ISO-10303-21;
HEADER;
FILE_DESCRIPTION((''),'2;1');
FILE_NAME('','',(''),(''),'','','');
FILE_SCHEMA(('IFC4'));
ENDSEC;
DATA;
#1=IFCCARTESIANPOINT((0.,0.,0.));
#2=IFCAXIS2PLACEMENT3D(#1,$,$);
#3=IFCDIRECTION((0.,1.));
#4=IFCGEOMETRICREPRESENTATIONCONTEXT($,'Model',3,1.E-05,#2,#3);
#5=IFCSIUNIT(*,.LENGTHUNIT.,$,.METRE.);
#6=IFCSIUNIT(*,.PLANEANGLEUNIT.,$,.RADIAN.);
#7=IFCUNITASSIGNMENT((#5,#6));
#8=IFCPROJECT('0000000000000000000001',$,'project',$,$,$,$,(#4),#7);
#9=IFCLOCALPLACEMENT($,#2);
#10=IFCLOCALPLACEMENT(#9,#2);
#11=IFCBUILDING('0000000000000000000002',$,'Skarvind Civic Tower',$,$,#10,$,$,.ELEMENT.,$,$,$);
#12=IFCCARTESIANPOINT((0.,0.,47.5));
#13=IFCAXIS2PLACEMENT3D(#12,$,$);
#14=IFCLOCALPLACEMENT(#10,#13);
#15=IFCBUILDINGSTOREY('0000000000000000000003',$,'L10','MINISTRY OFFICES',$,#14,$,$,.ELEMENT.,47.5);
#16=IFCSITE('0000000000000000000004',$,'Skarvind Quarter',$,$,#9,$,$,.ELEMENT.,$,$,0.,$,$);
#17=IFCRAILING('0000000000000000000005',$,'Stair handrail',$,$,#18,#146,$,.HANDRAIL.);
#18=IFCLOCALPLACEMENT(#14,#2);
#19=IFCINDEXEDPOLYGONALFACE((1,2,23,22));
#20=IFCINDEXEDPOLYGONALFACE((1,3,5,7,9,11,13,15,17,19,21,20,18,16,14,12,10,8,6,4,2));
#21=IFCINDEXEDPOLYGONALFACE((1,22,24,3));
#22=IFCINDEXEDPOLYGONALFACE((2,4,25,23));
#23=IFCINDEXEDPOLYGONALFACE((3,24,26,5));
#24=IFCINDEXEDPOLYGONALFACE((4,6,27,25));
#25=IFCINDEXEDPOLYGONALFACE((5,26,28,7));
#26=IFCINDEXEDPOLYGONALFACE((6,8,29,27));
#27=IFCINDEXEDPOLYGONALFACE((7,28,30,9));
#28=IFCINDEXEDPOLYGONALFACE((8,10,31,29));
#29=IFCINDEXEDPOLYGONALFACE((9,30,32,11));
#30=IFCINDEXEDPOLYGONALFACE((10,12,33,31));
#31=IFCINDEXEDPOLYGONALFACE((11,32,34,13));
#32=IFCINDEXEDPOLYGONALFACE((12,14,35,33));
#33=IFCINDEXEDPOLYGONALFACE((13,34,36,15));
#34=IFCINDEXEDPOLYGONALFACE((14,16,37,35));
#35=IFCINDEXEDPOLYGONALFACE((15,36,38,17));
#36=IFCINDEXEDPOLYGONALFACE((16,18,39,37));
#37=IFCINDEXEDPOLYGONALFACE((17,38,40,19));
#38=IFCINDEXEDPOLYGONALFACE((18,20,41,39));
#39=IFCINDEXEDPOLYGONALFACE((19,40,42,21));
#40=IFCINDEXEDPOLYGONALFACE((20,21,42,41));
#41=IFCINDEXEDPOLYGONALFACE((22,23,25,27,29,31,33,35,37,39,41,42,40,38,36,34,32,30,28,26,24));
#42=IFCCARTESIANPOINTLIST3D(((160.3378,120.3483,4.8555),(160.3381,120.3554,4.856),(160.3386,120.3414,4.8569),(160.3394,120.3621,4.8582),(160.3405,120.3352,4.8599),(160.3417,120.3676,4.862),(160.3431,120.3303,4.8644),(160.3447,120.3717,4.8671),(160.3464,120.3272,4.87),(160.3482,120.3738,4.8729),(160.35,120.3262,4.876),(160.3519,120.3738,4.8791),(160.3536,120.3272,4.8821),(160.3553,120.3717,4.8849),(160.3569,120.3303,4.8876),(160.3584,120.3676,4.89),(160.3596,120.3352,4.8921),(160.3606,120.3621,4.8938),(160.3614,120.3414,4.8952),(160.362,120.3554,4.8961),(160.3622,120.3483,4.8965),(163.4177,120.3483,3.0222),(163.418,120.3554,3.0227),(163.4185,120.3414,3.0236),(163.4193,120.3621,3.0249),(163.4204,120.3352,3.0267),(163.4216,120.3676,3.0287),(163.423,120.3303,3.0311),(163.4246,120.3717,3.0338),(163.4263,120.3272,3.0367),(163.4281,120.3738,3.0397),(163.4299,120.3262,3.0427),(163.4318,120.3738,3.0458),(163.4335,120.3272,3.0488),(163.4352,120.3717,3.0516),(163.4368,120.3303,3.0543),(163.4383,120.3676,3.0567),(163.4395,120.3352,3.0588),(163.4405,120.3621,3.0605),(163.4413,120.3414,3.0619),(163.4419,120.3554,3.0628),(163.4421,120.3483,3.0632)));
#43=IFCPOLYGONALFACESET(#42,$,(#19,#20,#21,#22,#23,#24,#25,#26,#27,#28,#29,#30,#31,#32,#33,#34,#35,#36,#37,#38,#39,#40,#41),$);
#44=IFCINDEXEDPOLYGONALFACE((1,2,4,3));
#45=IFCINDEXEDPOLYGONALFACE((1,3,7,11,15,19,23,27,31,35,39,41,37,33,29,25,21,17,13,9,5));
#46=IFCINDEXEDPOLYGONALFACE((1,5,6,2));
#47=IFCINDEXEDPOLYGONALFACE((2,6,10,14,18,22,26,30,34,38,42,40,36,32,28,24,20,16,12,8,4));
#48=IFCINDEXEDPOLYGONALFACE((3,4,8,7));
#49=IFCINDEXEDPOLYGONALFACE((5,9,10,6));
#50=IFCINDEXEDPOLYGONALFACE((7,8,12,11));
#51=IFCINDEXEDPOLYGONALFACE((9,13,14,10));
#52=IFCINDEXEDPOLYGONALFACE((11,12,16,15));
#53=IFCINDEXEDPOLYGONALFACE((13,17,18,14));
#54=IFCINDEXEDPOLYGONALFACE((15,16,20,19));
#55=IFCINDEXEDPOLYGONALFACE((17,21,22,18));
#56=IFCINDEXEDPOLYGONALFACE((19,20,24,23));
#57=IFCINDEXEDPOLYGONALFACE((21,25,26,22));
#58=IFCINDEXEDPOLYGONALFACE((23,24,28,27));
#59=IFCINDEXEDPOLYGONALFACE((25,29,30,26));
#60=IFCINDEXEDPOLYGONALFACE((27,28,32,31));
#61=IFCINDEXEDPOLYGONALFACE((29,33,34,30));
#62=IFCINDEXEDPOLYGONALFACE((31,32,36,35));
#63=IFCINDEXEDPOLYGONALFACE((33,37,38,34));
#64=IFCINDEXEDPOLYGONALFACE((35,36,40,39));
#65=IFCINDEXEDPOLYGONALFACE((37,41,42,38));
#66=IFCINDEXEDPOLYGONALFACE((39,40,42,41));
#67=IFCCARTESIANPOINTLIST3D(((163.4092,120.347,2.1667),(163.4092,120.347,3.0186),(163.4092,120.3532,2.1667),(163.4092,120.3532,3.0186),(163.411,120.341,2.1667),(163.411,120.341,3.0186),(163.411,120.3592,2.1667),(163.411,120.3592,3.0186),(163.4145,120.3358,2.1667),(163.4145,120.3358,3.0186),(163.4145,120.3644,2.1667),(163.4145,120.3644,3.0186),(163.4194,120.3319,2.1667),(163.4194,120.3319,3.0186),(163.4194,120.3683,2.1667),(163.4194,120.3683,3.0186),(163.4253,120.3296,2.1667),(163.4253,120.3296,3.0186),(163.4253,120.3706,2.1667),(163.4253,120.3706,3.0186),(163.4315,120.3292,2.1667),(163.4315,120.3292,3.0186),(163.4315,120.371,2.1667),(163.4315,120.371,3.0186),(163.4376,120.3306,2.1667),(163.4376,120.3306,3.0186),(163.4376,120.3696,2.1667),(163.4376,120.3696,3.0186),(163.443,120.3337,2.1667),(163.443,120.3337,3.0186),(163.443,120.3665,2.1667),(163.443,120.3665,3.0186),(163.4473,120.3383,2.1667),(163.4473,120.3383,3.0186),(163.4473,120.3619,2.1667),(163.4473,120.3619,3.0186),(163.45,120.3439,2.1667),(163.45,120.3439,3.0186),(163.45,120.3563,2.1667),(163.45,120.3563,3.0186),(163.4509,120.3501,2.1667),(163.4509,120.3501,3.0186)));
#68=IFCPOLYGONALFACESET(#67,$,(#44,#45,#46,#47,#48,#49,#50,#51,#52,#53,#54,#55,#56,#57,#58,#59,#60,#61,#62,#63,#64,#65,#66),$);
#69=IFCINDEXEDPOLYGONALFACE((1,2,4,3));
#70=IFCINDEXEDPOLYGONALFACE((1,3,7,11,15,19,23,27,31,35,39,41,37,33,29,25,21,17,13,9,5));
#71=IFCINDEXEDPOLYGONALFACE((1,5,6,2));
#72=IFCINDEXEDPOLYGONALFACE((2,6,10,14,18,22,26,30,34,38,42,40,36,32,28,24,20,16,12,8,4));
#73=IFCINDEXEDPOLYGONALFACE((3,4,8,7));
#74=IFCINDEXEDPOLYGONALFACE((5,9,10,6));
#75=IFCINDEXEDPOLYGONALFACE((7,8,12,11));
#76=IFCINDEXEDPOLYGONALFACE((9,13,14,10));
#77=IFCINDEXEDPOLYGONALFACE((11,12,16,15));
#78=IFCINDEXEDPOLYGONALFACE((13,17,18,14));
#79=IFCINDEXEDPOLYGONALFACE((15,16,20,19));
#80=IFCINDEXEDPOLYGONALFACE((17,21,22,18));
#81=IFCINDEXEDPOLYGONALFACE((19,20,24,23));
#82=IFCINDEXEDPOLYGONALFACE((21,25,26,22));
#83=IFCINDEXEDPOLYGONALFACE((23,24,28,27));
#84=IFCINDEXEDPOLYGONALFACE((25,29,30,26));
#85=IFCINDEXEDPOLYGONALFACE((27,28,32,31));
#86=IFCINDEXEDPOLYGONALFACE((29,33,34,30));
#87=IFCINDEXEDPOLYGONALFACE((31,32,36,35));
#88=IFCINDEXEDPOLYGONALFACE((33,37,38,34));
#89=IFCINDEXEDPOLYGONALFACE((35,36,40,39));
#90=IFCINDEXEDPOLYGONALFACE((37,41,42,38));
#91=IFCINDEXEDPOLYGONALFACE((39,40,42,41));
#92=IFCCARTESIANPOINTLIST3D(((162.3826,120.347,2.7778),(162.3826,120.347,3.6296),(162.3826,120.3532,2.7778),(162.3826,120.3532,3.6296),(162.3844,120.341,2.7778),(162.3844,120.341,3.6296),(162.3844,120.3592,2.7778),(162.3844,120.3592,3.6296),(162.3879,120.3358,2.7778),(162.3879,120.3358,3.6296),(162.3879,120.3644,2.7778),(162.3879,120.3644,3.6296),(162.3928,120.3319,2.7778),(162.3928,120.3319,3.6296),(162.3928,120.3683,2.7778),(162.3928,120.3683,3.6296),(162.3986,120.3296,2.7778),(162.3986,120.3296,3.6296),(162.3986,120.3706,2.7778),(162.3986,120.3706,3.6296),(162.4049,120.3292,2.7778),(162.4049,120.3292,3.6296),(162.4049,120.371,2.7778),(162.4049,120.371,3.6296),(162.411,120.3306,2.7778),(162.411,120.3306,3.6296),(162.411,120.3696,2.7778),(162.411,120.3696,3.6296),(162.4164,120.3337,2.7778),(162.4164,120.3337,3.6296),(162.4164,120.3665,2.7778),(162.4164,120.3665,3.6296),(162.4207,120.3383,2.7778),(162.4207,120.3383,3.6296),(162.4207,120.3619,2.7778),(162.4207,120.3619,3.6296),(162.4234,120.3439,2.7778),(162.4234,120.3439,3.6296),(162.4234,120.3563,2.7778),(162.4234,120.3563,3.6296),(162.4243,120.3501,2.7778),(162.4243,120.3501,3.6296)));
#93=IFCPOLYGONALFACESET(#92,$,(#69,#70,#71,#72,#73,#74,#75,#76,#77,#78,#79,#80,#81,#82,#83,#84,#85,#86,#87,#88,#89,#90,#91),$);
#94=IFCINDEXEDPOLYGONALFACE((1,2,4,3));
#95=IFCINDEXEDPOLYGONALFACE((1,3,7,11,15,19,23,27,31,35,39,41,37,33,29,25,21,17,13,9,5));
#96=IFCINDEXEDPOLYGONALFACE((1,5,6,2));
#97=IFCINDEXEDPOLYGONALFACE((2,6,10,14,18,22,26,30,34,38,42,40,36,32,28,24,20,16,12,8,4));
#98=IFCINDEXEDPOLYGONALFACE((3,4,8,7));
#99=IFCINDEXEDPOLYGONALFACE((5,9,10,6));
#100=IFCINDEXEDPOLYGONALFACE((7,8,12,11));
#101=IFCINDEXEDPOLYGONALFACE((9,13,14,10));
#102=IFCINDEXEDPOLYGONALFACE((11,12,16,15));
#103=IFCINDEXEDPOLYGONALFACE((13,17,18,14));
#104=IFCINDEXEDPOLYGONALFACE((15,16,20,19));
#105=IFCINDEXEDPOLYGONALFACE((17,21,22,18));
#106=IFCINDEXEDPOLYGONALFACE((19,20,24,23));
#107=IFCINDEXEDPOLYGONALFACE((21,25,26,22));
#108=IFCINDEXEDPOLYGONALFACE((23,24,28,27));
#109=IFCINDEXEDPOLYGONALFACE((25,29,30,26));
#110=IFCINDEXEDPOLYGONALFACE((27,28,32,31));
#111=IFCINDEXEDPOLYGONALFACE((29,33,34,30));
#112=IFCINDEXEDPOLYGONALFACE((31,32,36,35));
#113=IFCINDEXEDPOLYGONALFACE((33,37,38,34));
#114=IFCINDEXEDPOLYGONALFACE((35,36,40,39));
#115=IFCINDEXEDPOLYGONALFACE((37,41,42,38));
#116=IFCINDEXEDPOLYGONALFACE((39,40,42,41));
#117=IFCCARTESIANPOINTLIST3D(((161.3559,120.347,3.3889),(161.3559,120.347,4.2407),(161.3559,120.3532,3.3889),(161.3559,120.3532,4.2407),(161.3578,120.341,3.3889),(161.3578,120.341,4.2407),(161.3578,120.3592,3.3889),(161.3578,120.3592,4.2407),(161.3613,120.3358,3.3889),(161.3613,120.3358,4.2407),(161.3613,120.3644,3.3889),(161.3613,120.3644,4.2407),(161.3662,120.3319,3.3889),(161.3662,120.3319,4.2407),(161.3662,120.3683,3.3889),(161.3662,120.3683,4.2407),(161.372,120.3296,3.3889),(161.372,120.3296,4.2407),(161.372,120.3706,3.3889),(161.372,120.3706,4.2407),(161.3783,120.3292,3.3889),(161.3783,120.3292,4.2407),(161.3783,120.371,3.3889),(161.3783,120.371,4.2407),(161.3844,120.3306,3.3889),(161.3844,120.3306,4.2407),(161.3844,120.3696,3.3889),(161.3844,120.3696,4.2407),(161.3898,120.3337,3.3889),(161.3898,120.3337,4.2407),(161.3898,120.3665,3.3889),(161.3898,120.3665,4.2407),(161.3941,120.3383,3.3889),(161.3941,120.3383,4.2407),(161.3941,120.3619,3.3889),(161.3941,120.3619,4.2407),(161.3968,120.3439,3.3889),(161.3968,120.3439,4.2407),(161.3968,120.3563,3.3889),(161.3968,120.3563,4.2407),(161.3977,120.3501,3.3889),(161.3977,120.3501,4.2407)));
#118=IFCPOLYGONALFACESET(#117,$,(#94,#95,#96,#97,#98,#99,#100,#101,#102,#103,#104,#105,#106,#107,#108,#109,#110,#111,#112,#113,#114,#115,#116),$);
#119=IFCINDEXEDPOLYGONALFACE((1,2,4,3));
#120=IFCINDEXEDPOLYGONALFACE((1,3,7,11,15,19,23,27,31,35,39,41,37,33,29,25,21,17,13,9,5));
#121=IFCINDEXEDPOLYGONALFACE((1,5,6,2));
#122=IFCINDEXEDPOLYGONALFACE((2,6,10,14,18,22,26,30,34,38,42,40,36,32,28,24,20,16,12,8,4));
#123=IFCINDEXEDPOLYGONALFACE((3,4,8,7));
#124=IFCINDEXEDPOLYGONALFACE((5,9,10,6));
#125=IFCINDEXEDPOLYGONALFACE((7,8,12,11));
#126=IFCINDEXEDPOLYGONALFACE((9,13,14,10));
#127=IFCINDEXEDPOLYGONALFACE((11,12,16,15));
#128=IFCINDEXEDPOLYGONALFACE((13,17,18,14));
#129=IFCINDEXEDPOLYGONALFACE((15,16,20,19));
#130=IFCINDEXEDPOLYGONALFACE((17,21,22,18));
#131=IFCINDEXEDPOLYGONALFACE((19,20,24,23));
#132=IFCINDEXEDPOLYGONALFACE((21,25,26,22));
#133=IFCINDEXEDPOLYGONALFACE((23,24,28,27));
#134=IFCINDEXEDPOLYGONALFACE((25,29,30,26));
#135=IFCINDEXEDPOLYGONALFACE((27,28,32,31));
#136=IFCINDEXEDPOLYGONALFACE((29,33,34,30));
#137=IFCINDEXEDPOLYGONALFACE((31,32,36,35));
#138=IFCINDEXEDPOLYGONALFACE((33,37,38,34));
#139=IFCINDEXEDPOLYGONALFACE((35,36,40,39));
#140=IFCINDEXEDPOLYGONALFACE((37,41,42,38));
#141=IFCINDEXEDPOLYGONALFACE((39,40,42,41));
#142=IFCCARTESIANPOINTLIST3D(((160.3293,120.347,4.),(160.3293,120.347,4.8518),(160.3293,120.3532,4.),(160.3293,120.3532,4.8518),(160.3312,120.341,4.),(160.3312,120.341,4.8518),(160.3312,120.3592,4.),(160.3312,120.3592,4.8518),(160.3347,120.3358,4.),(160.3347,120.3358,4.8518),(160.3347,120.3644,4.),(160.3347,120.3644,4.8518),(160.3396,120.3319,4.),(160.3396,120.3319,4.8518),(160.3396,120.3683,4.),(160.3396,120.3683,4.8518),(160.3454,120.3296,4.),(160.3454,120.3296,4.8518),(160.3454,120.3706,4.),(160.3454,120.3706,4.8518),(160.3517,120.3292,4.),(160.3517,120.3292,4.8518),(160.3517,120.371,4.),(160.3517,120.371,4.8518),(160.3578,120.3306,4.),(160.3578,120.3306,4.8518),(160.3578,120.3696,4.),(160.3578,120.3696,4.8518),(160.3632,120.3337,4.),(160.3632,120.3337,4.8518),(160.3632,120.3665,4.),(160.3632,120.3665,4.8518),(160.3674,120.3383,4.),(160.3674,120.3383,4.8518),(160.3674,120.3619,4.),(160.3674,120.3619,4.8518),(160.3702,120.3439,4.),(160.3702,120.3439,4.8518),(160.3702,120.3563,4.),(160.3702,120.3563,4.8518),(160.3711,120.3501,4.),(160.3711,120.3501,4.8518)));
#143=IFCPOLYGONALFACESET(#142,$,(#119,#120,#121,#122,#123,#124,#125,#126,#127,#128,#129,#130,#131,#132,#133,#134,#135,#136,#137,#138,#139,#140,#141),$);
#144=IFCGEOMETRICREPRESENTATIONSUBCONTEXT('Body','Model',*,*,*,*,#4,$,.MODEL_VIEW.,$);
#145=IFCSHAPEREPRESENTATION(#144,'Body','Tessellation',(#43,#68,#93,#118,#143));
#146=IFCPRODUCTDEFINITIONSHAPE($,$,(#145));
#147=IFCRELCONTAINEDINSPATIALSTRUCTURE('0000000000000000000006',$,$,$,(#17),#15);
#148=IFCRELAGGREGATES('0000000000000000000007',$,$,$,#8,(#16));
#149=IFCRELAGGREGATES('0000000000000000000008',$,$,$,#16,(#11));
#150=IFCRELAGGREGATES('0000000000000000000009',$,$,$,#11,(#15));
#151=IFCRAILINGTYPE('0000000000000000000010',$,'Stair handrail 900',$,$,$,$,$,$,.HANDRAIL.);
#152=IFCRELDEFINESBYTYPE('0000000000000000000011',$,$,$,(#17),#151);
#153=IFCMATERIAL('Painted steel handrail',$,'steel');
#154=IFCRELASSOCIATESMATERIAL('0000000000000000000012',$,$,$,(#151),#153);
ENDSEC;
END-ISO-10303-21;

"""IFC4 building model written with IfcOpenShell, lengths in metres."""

from ifc_helpers import new_model, si_unit, direction, frame, origin, origin_2d, place, context, subcontext, project, spatial, circle, extrude, material, type_object, element, save


model = new_model("IFC4")

# Units and contexts
model_context = context("Model", 3, precision=1e-05, world=origin(), true_north=direction((0.0, 1.0)))
body_context = subcontext(model_context, "Body", "Model", "MODEL_VIEW")
ifc_project = project(units=[si_unit("LENGTHUNIT", "METRE"), si_unit("PLANEANGLEUNIT", "RADIAN")], contexts=[model_context])

# Site, building, storey
site_placement = place(None, origin())
site = spatial("IfcSite", under=ifc_project, at=site_placement, Name="Skarvind Quarter", CompositionType="ELEMENT", RefElevation=0.0)
building_placement = place(site_placement, origin())
building = spatial("IfcBuilding", under=site, at=building_placement, Name="Skarvind Civic Tower", CompositionType="ELEMENT")
storey_placement = place(building_placement, frame((0.0, 0.0, 47.5)))
storey = spatial("IfcBuildingStorey", under=building, at=storey_placement, Name="L10", Description="MINISTRY OFFICES", CompositionType="ELEMENT", Elevation=47.5)

# Railing
ifc_material_1 = material(Name="Painted steel handrail", Category="steel")
railing_type = type_object("IfcRailingType", Name="Stair handrail 900", PredefinedType="HANDRAIL", material=ifc_material_1)
railing_placement = place(storey_placement, frame((163.4299, 120.3501, 2.1667)))
element("IfcRailing", 1, at=railing_placement, inside=storey, type_object=railing_type, Name="Stair handrail", PredefinedType="HANDRAIL", context=body_context, shape_type="SweptSolid", body=[
    extrude(circle(Radius=0.0239, at=origin_2d()), frame((0.0, 0.0, 0.876), z_axis=(-0.859291, 0.0, 0.511487), x_axis=(0.0, -1.0, 0.0)), (0.0, 0.0, 1.0), 3.5842),
    extrude(circle(Radius=0.021, at=origin_2d()), origin(), (0.0, 0.0, 1.0), 0.8518),
    extrude(circle(Radius=0.021, at=origin_2d()), frame((-1.0266, 0.0, 0.6111)), (0.0, 0.0, 1.0), 0.8518),
    extrude(circle(Radius=0.021, at=origin_2d()), frame((-2.0532, 0.0, 1.2222)), (0.0, 0.0, 1.0), 0.8518),
    extrude(circle(Radius=0.021, at=origin_2d()), frame((-3.0798, 0.0, 1.8333)), (0.0, 0.0, 1.0), 0.8518),
])

save(model, "model.ifc")
